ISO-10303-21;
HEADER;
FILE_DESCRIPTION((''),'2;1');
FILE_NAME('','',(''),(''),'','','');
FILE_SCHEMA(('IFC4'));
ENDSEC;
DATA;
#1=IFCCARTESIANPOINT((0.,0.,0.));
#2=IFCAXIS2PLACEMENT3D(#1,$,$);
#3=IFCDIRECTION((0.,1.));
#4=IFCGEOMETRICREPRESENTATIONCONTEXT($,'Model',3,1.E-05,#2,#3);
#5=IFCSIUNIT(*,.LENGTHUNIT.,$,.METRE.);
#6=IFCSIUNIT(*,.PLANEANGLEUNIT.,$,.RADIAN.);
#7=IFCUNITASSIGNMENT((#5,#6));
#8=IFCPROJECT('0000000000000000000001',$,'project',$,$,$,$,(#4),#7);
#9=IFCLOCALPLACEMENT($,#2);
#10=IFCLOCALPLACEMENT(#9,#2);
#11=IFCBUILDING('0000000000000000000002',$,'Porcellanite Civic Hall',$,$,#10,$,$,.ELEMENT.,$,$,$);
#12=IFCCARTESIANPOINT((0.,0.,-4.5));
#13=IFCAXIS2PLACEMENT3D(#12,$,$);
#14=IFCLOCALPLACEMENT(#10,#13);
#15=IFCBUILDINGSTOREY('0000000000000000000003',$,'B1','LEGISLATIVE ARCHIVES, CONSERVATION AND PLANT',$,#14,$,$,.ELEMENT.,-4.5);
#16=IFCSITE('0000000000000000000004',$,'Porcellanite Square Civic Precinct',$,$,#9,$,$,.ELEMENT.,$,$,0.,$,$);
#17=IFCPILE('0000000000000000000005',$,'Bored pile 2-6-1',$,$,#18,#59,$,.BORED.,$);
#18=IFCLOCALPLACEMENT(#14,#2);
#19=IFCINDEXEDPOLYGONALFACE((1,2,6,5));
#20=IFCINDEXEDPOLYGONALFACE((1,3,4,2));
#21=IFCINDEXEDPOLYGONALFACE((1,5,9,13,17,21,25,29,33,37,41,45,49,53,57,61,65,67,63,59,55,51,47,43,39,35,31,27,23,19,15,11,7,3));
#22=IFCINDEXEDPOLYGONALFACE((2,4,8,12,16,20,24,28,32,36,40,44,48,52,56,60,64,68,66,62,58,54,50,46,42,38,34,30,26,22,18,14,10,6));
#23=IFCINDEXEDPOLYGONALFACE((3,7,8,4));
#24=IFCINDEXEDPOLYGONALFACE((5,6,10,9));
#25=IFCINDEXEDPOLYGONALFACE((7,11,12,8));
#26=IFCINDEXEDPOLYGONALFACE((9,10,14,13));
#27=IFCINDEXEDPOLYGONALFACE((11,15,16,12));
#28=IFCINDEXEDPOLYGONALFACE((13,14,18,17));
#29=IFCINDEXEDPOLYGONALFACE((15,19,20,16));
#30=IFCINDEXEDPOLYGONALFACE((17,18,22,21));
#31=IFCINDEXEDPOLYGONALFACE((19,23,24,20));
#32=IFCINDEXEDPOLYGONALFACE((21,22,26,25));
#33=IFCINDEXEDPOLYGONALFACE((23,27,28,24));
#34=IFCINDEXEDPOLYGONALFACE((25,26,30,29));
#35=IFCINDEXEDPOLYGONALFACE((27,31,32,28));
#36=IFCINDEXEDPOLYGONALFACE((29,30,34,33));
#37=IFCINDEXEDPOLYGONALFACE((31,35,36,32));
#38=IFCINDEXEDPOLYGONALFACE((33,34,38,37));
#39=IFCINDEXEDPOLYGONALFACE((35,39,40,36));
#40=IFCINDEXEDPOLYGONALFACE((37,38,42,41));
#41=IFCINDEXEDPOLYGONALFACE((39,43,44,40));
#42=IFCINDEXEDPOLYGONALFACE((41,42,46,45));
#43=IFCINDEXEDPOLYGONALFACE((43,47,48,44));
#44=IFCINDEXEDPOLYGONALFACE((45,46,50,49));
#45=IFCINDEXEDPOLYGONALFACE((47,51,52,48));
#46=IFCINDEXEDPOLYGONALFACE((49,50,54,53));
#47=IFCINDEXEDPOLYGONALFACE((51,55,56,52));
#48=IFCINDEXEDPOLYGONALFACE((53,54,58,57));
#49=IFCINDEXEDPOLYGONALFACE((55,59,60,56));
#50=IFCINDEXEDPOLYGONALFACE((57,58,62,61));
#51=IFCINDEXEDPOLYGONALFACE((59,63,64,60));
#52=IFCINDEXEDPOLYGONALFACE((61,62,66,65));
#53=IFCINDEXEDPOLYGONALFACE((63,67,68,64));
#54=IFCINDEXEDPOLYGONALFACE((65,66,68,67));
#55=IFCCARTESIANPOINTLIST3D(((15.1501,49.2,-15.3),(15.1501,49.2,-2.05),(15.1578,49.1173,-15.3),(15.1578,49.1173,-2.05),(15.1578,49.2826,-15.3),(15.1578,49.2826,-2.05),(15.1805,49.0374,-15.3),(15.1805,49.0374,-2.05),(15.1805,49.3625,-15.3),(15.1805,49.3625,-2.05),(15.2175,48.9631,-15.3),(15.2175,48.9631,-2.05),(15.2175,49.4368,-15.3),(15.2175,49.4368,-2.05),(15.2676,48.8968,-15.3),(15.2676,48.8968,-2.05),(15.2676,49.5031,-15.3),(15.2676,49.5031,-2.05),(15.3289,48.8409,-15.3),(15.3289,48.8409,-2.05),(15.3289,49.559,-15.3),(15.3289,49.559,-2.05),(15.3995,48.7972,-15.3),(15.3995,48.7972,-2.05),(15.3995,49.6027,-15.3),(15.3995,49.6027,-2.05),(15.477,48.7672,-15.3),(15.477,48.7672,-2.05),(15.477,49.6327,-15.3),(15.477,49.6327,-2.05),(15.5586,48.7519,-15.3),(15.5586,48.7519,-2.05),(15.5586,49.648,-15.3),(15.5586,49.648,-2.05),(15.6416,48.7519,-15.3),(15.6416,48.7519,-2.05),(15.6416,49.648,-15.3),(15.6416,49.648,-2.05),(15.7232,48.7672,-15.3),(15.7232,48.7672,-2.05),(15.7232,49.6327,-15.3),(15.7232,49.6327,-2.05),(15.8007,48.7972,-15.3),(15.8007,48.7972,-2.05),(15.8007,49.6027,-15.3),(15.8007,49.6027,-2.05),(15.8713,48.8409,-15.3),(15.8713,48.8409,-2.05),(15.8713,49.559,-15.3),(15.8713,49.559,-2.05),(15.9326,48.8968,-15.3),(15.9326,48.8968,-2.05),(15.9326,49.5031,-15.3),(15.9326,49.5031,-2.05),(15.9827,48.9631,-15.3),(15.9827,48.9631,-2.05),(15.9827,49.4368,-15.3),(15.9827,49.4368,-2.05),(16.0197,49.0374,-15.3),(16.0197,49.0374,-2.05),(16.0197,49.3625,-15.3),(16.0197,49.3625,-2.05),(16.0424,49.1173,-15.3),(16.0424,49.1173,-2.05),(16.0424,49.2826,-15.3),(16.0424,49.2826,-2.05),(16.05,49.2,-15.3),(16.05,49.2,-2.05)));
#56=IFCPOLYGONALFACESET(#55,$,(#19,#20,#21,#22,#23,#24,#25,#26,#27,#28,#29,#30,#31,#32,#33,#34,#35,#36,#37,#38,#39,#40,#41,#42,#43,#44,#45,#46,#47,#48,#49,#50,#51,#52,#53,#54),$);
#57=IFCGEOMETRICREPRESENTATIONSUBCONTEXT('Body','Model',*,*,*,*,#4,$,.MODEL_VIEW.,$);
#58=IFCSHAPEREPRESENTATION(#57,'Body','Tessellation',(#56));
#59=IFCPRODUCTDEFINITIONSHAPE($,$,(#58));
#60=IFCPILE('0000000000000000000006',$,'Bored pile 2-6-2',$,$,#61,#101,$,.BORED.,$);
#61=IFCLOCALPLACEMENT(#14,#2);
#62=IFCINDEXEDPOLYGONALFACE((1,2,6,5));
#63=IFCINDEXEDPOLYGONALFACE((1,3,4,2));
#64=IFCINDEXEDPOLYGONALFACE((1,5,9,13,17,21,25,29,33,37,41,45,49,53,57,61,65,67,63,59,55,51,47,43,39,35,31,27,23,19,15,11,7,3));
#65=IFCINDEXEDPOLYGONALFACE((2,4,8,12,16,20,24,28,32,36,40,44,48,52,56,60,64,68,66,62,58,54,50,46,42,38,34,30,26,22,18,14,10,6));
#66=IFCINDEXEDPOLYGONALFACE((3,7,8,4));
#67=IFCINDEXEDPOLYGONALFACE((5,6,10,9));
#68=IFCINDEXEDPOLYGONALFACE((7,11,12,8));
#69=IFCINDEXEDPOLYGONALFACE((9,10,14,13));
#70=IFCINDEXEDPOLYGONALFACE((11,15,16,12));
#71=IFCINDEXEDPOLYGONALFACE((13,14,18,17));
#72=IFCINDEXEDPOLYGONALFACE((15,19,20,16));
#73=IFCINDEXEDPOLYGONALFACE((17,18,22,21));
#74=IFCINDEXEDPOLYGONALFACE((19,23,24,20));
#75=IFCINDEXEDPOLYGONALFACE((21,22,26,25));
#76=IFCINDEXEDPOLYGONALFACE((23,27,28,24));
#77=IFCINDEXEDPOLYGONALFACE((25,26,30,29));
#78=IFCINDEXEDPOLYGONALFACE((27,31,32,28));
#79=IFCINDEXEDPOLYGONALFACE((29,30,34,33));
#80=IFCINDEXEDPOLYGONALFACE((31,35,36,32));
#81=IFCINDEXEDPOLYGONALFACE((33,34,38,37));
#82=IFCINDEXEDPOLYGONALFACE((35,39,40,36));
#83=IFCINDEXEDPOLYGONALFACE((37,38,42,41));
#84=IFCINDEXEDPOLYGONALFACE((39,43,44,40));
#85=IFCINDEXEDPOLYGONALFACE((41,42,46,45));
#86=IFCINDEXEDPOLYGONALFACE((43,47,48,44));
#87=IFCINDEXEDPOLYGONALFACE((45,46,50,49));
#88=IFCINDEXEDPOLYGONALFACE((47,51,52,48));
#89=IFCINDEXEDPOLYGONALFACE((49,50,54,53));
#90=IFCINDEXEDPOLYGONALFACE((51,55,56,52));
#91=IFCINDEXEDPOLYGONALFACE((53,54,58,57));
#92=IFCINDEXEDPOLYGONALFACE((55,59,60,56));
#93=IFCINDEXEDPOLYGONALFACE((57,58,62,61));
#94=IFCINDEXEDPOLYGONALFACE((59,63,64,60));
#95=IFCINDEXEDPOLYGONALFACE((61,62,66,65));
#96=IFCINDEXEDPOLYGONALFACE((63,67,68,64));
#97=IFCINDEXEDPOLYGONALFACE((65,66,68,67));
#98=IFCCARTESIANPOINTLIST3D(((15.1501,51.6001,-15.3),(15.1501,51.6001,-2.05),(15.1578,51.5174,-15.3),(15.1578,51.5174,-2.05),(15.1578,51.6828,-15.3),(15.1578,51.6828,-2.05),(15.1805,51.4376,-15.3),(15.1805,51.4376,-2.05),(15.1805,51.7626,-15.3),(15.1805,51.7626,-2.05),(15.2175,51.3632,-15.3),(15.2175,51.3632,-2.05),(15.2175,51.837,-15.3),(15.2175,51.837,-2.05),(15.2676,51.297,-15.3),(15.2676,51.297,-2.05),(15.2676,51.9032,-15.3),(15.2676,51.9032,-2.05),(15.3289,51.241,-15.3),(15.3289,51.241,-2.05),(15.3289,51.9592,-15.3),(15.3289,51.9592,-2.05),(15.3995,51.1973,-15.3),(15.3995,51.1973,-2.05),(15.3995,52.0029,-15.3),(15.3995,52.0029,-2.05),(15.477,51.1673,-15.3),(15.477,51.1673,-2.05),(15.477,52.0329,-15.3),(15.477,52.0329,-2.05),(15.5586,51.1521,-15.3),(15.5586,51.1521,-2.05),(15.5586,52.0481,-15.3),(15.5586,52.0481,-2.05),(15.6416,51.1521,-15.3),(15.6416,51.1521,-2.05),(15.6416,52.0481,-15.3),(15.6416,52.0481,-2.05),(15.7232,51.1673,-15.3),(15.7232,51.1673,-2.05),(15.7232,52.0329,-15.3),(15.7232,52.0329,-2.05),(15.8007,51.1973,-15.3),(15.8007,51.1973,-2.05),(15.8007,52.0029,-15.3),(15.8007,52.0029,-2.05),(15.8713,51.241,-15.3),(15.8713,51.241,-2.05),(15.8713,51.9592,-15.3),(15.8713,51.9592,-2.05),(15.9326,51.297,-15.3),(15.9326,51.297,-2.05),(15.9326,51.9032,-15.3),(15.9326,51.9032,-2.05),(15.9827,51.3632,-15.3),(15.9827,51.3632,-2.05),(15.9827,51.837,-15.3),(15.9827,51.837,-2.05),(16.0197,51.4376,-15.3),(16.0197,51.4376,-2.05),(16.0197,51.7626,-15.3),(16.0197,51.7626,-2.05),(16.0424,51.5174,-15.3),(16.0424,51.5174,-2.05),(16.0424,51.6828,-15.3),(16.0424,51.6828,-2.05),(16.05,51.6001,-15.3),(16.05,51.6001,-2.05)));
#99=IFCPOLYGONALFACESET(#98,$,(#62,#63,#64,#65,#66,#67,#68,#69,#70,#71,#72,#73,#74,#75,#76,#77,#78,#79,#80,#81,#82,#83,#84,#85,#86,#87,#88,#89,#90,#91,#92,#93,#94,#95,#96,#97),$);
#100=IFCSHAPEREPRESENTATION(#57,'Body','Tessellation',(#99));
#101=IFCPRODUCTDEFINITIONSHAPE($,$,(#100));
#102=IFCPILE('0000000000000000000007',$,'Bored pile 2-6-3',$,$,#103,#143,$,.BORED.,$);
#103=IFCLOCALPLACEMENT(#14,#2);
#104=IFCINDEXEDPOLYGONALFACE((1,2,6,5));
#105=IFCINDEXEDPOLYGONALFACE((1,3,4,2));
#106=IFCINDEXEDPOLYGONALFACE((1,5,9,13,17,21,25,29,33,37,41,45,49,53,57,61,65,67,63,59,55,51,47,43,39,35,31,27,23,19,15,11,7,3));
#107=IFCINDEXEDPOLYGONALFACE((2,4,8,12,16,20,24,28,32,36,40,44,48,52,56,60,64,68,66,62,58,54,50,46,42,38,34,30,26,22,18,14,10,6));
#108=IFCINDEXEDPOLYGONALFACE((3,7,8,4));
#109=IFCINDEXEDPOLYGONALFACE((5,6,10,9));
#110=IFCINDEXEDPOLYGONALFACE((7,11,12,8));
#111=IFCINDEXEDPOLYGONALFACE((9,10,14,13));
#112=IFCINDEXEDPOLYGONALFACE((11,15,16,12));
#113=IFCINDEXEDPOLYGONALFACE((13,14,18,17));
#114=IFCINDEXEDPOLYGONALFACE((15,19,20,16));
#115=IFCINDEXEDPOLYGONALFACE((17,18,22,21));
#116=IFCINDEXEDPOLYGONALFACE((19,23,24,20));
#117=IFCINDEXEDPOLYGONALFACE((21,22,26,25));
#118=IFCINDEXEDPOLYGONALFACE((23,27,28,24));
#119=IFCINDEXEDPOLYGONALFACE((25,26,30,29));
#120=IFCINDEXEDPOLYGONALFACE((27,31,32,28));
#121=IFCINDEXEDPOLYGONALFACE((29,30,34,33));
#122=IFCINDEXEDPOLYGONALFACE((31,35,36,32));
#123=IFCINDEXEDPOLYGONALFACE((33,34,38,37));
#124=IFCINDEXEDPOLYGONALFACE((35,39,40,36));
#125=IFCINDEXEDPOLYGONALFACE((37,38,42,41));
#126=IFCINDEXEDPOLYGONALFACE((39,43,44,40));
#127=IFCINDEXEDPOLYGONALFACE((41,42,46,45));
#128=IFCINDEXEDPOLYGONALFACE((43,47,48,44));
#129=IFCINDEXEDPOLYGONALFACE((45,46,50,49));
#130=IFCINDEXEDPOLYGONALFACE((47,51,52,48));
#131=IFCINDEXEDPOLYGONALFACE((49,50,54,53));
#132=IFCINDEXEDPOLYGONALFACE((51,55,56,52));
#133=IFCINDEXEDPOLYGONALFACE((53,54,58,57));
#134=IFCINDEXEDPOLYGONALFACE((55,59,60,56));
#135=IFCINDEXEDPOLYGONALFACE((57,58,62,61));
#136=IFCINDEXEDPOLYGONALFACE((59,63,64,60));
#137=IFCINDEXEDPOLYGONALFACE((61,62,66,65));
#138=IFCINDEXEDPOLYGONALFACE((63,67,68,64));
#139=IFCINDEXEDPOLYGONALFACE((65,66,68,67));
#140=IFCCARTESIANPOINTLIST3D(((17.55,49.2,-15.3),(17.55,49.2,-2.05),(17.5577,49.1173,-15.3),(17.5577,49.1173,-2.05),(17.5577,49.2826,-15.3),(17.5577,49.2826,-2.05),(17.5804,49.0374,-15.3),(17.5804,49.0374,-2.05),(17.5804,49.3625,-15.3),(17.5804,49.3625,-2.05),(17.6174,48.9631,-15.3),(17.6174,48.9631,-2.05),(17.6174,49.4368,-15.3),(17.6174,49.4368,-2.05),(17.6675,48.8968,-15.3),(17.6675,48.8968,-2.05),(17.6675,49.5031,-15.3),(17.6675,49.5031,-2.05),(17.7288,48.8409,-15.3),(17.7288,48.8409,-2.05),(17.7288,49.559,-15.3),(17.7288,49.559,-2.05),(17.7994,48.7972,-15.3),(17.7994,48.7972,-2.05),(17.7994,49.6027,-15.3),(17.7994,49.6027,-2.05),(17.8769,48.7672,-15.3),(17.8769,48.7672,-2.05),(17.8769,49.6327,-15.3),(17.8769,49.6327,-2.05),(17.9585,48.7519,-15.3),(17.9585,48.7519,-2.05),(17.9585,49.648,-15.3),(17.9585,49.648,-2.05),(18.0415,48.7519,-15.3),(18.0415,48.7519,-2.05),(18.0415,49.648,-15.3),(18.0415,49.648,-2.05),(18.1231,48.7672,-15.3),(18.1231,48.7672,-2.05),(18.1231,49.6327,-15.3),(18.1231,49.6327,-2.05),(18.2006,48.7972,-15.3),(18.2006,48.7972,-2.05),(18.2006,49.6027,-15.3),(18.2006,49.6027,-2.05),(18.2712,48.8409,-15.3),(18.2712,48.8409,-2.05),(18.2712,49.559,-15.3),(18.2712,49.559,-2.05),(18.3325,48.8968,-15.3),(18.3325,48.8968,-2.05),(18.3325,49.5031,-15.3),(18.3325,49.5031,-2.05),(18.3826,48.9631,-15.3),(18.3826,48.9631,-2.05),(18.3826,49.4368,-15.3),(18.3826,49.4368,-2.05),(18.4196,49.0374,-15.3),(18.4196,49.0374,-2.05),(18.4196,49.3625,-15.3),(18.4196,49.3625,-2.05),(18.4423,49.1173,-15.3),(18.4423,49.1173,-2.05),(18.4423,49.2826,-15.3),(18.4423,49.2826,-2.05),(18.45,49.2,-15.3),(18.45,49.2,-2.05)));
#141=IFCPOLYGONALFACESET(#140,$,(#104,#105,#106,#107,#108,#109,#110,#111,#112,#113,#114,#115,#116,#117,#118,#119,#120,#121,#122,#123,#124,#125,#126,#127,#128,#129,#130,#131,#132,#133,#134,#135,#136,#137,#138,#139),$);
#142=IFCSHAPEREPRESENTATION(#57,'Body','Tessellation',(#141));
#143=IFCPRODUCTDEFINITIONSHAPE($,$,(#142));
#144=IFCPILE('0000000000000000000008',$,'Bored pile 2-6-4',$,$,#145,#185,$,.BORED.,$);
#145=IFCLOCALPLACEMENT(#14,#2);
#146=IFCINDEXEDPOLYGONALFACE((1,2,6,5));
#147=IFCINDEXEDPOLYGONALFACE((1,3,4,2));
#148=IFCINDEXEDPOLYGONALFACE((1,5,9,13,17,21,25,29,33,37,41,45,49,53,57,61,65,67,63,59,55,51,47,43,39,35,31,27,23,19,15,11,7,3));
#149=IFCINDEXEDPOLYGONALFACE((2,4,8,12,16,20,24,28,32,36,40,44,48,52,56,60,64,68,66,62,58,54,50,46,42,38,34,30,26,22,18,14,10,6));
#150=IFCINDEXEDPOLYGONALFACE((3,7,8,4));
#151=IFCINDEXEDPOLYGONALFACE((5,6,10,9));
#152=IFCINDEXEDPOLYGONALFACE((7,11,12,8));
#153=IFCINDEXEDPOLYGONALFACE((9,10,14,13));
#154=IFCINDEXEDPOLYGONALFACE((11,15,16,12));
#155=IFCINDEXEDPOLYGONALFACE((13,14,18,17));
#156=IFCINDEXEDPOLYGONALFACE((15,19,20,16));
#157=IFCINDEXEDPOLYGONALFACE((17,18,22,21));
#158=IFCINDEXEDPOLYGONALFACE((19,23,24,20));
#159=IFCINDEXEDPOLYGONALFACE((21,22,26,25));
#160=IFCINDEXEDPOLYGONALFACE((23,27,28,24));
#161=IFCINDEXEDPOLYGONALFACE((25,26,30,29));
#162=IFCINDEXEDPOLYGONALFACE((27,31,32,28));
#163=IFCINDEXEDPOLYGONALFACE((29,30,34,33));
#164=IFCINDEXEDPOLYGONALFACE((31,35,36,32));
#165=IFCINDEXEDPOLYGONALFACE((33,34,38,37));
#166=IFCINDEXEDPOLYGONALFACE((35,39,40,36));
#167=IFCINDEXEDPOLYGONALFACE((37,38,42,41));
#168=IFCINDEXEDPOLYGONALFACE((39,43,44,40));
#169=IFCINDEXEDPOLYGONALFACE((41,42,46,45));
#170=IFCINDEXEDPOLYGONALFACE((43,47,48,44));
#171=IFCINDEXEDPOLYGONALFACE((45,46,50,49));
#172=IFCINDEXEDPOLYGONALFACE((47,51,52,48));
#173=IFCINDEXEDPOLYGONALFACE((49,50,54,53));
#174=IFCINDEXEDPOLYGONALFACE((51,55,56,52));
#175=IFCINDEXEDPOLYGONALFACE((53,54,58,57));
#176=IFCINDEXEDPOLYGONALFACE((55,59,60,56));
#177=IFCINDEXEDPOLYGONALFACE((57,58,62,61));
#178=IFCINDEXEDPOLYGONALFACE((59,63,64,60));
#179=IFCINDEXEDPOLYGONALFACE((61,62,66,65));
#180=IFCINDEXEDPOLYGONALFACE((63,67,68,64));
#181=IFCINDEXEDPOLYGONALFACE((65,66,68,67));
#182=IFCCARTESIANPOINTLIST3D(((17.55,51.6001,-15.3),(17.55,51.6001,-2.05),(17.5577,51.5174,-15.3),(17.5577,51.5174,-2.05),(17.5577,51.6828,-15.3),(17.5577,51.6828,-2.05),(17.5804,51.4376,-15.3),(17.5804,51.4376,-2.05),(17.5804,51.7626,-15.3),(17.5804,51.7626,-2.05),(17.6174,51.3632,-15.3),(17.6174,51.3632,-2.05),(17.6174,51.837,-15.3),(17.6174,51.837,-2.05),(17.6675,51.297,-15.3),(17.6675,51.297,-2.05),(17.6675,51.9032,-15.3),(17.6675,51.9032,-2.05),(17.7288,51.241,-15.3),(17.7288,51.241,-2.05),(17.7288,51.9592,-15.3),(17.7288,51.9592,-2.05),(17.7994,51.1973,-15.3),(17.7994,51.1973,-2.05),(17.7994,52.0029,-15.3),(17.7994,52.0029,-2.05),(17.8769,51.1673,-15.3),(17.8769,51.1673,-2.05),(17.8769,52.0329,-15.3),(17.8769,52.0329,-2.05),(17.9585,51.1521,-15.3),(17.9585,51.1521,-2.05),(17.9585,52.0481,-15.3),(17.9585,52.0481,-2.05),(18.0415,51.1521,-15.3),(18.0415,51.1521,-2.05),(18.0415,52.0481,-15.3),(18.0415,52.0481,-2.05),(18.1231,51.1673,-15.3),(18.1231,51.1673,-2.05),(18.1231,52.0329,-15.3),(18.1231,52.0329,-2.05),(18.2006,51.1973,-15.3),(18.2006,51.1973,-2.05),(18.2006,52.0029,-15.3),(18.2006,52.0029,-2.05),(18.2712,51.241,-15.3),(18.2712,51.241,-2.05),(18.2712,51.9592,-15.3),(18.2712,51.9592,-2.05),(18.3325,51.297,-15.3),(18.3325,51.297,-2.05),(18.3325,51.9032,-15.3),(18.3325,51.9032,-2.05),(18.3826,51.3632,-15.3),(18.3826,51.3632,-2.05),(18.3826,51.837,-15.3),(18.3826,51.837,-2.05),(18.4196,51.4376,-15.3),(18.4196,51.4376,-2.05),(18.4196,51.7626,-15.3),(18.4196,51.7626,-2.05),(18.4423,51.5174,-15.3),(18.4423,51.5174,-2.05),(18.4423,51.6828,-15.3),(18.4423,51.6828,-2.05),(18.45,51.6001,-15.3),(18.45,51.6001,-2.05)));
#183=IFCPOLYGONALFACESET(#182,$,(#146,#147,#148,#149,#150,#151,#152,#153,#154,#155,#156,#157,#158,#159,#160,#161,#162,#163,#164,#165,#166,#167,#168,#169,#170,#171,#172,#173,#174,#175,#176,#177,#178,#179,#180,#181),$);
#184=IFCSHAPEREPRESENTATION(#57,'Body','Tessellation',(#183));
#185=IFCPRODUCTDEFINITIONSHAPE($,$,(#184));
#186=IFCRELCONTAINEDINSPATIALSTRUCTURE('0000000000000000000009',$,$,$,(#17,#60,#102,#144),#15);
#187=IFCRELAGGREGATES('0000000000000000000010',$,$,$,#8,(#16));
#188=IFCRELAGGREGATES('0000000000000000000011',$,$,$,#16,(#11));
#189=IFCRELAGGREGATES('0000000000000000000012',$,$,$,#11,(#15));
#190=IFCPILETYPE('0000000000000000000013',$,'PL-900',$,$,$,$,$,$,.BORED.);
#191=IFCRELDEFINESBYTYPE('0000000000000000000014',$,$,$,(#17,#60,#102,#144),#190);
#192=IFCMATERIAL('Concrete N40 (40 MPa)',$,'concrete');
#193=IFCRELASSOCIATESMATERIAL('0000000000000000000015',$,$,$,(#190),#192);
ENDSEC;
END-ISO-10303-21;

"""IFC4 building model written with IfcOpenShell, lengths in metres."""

from ifc_helpers import new_model, si_unit, direction, frame, origin, origin_2d, place, context, subcontext, project, spatial, circle, extrude, material, material_profile, profile_set, type_object, element, save


model = new_model("IFC4")

# Units and contexts
model_context = context("Model", 3, precision=1e-05, world=origin(), true_north=direction((0.0, 1.0)))
body_context = subcontext(model_context, "Body", "Model", "MODEL_VIEW")
ifc_project = project(units=[si_unit("LENGTHUNIT", "METRE"), si_unit("PLANEANGLEUNIT", "RADIAN")], contexts=[model_context])

# Site, building, storey
site_placement = place(None, origin())
site = spatial("IfcSite", under=ifc_project, at=site_placement, Name="Porcellanite Square Civic Precinct", CompositionType="ELEMENT", RefElevation=0.0)
building_placement = place(site_placement, origin())
building = spatial("IfcBuilding", under=site, at=building_placement, Name="Porcellanite Civic Hall", CompositionType="ELEMENT")
storey_placement = place(building_placement, frame((0.0, 0.0, -4.5)))
storey = spatial("IfcBuildingStorey", under=building, at=storey_placement, Name="B1", Description="LEGISLATIVE ARCHIVES, CONSERVATION AND PLANT", CompositionType="ELEMENT", Elevation=-4.5)

# Piles
ifc_material_1 = material(Name="Concrete N40 (40 MPa)", Category="concrete")
ifc_material_profile_1 = material_profile(ifc_material_1, circle(Radius=0.45, at=origin_2d()), Name="PILE-D900")
ifc_profile_set_1 = profile_set([ifc_material_profile_1], Name="Concrete N40 (40 MPa)")
pile_type = type_object("IfcPileType", Name="PL-900", PredefinedType="BORED", material=ifc_profile_set_1)
for number, where, z_axis, x_axis, name in (
    (1, (15.6001, 49.2, -2.05), (0.0, 0.0, -1.0), (1.0, 0.0, 0.0), "Bored pile 2-6-1"),
    (2, (15.6001, 51.6001, -2.05), (0.0, 0.0, -1.0), (1.0, 0.0, 0.0), "Bored pile 2-6-2"),
    (3, (18.0, 49.2, -2.05), (0.0, 0.0, -1.0), (1.0, 0.0, 0.0), "Bored pile 2-6-3"),
    (4, (18.0, 51.6001, -2.05), (0.0, 0.0, -1.0), (1.0, 0.0, 0.0), "Bored pile 2-6-4"),
):
    element("IfcPile", number, at=place(storey_placement, frame(where, z_axis=z_axis, x_axis=x_axis)), inside=storey, type_object=pile_type, Name=name, PredefinedType="BORED", context=body_context, shape_type="SweptSolid", body=[
        extrude(circle(Radius=0.45, at=origin_2d()), origin(), (0.0, 0.0, 1.0), 13.25),
    ])

save(model, "model.ifc")
